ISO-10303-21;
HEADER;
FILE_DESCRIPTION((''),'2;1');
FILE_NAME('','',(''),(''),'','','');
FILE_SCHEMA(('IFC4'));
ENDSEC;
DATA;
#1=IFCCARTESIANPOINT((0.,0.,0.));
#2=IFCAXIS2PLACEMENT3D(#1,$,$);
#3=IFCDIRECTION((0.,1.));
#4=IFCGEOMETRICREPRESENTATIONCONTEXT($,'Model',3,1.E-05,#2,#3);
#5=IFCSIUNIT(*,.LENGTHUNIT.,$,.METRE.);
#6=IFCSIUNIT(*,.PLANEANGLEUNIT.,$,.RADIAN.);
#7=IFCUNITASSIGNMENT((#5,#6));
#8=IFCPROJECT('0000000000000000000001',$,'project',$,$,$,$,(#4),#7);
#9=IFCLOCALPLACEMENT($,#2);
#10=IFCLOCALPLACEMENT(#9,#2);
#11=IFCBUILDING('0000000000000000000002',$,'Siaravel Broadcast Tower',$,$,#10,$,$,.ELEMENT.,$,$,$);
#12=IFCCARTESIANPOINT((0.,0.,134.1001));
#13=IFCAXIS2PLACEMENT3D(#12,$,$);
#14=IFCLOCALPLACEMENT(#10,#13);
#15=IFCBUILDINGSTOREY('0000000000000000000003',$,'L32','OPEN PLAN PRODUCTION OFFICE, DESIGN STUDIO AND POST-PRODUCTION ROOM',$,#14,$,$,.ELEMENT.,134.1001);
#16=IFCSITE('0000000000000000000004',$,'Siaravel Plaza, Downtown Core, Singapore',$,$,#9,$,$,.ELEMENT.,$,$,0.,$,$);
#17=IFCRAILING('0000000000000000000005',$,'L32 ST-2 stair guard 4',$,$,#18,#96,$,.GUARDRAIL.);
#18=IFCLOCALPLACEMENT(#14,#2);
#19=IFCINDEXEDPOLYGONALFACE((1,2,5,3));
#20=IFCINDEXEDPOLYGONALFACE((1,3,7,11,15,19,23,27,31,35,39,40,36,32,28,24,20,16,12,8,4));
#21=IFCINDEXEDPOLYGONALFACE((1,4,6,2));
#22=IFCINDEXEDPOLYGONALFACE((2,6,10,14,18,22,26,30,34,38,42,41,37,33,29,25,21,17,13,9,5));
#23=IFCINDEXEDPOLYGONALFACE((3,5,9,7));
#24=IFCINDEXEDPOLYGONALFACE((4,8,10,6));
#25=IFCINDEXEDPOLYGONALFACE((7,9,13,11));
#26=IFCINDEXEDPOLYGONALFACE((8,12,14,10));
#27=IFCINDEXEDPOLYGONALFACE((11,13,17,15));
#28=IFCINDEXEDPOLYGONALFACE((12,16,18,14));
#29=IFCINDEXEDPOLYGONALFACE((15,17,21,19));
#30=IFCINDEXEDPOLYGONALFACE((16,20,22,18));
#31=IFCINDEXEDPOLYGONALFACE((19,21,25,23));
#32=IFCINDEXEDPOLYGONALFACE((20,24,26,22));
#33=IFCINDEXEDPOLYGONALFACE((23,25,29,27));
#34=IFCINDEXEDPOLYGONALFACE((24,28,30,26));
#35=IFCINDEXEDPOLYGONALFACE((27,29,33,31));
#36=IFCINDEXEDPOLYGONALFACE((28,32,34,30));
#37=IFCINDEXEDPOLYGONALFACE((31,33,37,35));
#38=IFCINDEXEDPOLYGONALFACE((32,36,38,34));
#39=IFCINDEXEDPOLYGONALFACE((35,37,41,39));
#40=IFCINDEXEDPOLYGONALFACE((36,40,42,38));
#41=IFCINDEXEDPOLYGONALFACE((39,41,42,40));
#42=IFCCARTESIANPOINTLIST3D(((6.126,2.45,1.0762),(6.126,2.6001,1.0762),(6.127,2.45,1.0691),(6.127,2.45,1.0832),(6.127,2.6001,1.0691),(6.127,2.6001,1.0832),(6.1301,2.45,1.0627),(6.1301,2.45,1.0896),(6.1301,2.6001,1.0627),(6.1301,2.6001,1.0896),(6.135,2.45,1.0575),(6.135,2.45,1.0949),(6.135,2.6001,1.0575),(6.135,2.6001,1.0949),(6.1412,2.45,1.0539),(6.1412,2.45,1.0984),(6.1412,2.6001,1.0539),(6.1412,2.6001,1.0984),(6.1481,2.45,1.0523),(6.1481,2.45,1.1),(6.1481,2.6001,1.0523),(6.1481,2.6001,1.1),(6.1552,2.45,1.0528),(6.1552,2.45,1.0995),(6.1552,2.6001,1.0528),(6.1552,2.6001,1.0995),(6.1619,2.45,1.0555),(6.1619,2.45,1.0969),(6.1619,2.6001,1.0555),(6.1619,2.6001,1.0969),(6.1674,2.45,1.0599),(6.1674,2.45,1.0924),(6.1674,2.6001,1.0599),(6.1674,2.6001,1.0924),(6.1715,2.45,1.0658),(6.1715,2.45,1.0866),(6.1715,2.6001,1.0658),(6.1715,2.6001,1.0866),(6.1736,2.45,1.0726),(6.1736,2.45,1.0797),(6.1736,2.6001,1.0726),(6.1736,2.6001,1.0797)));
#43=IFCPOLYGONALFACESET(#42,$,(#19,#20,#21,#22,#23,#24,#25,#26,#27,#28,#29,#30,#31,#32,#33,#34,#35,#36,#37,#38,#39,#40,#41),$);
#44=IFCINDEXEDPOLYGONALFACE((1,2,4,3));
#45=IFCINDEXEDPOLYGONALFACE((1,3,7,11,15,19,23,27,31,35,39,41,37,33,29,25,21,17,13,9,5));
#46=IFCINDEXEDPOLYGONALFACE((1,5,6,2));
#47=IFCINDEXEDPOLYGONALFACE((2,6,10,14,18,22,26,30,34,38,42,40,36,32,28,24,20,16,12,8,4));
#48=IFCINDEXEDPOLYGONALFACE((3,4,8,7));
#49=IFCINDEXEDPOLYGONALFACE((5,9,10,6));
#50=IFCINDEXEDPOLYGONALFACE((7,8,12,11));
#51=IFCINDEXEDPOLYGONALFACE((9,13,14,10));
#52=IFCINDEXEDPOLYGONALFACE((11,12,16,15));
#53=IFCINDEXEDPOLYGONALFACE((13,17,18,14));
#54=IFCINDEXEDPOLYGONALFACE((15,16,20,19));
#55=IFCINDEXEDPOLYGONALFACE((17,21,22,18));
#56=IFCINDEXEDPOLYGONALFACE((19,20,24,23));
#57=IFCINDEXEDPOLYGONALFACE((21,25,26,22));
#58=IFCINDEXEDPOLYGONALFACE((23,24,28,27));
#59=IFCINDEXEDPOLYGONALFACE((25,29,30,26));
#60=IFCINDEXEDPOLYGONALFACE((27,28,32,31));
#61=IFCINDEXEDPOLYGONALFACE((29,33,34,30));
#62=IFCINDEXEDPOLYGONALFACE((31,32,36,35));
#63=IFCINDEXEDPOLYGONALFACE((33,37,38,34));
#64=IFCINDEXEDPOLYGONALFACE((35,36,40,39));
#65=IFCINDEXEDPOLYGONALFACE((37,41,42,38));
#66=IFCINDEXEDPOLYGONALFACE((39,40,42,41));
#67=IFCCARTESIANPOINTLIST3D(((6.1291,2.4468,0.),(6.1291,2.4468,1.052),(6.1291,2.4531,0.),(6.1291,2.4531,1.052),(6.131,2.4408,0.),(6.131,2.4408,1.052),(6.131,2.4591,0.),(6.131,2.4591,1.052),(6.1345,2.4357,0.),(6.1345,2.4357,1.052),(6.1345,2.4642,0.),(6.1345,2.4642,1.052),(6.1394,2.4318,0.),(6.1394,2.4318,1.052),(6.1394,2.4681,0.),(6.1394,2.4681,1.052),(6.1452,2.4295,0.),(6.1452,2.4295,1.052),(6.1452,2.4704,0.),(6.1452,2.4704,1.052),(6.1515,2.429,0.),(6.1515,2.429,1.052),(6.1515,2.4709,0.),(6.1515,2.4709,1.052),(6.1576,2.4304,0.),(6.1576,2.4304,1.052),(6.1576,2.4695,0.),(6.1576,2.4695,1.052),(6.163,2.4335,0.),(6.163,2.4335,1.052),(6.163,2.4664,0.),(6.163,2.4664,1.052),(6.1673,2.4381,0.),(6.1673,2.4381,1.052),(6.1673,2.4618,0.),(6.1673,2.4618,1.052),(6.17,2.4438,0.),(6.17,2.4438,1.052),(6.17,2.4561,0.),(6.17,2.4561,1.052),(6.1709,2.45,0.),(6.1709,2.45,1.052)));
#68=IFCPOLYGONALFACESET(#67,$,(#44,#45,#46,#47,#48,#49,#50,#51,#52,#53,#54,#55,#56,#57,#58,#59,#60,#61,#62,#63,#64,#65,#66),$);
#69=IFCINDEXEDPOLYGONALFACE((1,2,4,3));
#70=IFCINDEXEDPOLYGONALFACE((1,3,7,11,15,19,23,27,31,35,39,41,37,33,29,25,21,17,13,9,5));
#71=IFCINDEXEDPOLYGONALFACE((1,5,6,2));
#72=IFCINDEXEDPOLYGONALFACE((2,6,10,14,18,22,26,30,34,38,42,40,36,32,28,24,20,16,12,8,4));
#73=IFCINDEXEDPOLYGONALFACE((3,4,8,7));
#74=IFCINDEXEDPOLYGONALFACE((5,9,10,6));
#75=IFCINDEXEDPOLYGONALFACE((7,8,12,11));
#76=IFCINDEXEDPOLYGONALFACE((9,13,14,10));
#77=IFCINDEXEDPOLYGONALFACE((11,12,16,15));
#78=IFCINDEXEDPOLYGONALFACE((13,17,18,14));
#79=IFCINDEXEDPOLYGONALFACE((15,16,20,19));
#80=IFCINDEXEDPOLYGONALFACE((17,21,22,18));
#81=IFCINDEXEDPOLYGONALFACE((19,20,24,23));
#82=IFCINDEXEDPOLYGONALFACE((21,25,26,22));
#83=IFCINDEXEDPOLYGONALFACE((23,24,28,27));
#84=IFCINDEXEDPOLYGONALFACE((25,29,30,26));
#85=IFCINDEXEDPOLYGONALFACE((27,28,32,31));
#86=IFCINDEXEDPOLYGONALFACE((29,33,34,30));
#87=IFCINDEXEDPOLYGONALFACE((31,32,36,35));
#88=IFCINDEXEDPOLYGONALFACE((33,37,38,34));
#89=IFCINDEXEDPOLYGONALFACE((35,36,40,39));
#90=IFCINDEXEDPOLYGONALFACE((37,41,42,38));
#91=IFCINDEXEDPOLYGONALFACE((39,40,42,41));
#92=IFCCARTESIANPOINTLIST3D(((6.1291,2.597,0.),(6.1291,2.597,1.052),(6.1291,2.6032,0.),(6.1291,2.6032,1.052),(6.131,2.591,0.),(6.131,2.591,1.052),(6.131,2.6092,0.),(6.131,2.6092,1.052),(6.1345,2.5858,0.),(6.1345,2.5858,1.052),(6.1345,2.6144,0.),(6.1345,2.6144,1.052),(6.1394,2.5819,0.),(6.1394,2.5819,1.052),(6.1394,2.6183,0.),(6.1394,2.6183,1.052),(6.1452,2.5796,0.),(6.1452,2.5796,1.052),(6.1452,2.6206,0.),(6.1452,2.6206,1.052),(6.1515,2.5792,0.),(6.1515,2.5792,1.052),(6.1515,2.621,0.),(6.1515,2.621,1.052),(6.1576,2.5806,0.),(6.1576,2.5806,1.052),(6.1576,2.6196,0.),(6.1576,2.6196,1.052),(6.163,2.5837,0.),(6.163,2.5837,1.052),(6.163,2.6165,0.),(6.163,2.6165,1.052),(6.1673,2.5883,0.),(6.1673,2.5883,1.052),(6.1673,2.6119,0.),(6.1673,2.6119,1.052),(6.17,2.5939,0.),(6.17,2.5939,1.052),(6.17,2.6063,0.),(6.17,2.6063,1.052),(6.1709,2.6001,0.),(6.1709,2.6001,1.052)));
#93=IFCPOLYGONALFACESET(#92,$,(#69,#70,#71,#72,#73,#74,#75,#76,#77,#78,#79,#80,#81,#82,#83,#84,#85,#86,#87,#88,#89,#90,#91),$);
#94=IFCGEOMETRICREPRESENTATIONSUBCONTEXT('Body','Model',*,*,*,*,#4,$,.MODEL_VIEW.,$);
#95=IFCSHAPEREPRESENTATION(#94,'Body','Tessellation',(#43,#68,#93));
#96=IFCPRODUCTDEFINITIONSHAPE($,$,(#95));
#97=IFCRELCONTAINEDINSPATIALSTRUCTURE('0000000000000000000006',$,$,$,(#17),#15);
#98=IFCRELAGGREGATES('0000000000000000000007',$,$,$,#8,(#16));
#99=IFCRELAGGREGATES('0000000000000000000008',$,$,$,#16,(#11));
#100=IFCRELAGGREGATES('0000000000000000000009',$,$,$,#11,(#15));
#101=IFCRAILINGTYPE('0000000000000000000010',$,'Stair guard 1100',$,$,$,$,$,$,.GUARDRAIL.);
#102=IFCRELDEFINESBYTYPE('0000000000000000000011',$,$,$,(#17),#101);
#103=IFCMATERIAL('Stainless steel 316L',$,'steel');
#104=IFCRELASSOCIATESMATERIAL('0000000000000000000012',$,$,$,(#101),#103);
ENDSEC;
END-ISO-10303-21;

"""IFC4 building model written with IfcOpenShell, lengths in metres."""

from ifc_helpers import new_model, si_unit, direction, frame, origin, origin_2d, place, context, subcontext, project, spatial, circle, extrude, material, type_object, element, save


model = new_model("IFC4")

# Units and contexts
model_context = context("Model", 3, precision=1e-05, world=origin(), true_north=direction((0.0, 1.0)))
body_context = subcontext(model_context, "Body", "Model", "MODEL_VIEW")
ifc_project = project(units=[si_unit("LENGTHUNIT", "METRE"), si_unit("PLANEANGLEUNIT", "RADIAN")], contexts=[model_context])

# Site, building, storey
site_placement = place(None, origin())
site = spatial("IfcSite", under=ifc_project, at=site_placement, Name="Siaravel Plaza, Downtown Core, Singapore", CompositionType="ELEMENT", RefElevation=0.0)
building_placement = place(site_placement, origin())
building = spatial("IfcBuilding", under=site, at=building_placement, Name="Siaravel Broadcast Tower", CompositionType="ELEMENT")
storey_placement = place(building_placement, frame((0.0, 0.0, 134.1001)))
storey = spatial("IfcBuildingStorey", under=building, at=storey_placement, Name="L32", Description="OPEN PLAN PRODUCTION OFFICE, DESIGN STUDIO AND POST-PRODUCTION ROOM", CompositionType="ELEMENT", Elevation=134.1001)

# Railing
ifc_material_1 = material(Name="Stainless steel 316L", Category="steel")
railing_type_1 = type_object("IfcRailingType", Name="Stair guard 1100", PredefinedType="GUARDRAIL", material=ifc_material_1)
railing_1_placement = place(storey_placement, frame((6.1499, 2.45, 0.0)))
element("IfcRailing", 1, at=railing_1_placement, inside=storey, type_object=railing_type_1, Name="L32 ST-2 stair guard 4", PredefinedType="GUARDRAIL", context=body_context, shape_type="SweptSolid", body=[
    extrude(circle(Radius=0.0239, at=origin_2d()), frame((0.0, 0.0, 1.0762), z_axis=(0.0, 1.0, 0.0), x_axis=(-1.0, 0.0, 0.0)), (0.0, 0.0, 1.0), 0.1501),
    extrude(circle(Radius=0.021, at=origin_2d()), origin(), (0.0, 0.0, 1.0), 1.052),
    extrude(circle(Radius=0.021, at=origin_2d()), frame((0.0, 0.1501, 0.0)), (0.0, 0.0, 1.0), 1.052),
])

save(model, "model.ifc")
